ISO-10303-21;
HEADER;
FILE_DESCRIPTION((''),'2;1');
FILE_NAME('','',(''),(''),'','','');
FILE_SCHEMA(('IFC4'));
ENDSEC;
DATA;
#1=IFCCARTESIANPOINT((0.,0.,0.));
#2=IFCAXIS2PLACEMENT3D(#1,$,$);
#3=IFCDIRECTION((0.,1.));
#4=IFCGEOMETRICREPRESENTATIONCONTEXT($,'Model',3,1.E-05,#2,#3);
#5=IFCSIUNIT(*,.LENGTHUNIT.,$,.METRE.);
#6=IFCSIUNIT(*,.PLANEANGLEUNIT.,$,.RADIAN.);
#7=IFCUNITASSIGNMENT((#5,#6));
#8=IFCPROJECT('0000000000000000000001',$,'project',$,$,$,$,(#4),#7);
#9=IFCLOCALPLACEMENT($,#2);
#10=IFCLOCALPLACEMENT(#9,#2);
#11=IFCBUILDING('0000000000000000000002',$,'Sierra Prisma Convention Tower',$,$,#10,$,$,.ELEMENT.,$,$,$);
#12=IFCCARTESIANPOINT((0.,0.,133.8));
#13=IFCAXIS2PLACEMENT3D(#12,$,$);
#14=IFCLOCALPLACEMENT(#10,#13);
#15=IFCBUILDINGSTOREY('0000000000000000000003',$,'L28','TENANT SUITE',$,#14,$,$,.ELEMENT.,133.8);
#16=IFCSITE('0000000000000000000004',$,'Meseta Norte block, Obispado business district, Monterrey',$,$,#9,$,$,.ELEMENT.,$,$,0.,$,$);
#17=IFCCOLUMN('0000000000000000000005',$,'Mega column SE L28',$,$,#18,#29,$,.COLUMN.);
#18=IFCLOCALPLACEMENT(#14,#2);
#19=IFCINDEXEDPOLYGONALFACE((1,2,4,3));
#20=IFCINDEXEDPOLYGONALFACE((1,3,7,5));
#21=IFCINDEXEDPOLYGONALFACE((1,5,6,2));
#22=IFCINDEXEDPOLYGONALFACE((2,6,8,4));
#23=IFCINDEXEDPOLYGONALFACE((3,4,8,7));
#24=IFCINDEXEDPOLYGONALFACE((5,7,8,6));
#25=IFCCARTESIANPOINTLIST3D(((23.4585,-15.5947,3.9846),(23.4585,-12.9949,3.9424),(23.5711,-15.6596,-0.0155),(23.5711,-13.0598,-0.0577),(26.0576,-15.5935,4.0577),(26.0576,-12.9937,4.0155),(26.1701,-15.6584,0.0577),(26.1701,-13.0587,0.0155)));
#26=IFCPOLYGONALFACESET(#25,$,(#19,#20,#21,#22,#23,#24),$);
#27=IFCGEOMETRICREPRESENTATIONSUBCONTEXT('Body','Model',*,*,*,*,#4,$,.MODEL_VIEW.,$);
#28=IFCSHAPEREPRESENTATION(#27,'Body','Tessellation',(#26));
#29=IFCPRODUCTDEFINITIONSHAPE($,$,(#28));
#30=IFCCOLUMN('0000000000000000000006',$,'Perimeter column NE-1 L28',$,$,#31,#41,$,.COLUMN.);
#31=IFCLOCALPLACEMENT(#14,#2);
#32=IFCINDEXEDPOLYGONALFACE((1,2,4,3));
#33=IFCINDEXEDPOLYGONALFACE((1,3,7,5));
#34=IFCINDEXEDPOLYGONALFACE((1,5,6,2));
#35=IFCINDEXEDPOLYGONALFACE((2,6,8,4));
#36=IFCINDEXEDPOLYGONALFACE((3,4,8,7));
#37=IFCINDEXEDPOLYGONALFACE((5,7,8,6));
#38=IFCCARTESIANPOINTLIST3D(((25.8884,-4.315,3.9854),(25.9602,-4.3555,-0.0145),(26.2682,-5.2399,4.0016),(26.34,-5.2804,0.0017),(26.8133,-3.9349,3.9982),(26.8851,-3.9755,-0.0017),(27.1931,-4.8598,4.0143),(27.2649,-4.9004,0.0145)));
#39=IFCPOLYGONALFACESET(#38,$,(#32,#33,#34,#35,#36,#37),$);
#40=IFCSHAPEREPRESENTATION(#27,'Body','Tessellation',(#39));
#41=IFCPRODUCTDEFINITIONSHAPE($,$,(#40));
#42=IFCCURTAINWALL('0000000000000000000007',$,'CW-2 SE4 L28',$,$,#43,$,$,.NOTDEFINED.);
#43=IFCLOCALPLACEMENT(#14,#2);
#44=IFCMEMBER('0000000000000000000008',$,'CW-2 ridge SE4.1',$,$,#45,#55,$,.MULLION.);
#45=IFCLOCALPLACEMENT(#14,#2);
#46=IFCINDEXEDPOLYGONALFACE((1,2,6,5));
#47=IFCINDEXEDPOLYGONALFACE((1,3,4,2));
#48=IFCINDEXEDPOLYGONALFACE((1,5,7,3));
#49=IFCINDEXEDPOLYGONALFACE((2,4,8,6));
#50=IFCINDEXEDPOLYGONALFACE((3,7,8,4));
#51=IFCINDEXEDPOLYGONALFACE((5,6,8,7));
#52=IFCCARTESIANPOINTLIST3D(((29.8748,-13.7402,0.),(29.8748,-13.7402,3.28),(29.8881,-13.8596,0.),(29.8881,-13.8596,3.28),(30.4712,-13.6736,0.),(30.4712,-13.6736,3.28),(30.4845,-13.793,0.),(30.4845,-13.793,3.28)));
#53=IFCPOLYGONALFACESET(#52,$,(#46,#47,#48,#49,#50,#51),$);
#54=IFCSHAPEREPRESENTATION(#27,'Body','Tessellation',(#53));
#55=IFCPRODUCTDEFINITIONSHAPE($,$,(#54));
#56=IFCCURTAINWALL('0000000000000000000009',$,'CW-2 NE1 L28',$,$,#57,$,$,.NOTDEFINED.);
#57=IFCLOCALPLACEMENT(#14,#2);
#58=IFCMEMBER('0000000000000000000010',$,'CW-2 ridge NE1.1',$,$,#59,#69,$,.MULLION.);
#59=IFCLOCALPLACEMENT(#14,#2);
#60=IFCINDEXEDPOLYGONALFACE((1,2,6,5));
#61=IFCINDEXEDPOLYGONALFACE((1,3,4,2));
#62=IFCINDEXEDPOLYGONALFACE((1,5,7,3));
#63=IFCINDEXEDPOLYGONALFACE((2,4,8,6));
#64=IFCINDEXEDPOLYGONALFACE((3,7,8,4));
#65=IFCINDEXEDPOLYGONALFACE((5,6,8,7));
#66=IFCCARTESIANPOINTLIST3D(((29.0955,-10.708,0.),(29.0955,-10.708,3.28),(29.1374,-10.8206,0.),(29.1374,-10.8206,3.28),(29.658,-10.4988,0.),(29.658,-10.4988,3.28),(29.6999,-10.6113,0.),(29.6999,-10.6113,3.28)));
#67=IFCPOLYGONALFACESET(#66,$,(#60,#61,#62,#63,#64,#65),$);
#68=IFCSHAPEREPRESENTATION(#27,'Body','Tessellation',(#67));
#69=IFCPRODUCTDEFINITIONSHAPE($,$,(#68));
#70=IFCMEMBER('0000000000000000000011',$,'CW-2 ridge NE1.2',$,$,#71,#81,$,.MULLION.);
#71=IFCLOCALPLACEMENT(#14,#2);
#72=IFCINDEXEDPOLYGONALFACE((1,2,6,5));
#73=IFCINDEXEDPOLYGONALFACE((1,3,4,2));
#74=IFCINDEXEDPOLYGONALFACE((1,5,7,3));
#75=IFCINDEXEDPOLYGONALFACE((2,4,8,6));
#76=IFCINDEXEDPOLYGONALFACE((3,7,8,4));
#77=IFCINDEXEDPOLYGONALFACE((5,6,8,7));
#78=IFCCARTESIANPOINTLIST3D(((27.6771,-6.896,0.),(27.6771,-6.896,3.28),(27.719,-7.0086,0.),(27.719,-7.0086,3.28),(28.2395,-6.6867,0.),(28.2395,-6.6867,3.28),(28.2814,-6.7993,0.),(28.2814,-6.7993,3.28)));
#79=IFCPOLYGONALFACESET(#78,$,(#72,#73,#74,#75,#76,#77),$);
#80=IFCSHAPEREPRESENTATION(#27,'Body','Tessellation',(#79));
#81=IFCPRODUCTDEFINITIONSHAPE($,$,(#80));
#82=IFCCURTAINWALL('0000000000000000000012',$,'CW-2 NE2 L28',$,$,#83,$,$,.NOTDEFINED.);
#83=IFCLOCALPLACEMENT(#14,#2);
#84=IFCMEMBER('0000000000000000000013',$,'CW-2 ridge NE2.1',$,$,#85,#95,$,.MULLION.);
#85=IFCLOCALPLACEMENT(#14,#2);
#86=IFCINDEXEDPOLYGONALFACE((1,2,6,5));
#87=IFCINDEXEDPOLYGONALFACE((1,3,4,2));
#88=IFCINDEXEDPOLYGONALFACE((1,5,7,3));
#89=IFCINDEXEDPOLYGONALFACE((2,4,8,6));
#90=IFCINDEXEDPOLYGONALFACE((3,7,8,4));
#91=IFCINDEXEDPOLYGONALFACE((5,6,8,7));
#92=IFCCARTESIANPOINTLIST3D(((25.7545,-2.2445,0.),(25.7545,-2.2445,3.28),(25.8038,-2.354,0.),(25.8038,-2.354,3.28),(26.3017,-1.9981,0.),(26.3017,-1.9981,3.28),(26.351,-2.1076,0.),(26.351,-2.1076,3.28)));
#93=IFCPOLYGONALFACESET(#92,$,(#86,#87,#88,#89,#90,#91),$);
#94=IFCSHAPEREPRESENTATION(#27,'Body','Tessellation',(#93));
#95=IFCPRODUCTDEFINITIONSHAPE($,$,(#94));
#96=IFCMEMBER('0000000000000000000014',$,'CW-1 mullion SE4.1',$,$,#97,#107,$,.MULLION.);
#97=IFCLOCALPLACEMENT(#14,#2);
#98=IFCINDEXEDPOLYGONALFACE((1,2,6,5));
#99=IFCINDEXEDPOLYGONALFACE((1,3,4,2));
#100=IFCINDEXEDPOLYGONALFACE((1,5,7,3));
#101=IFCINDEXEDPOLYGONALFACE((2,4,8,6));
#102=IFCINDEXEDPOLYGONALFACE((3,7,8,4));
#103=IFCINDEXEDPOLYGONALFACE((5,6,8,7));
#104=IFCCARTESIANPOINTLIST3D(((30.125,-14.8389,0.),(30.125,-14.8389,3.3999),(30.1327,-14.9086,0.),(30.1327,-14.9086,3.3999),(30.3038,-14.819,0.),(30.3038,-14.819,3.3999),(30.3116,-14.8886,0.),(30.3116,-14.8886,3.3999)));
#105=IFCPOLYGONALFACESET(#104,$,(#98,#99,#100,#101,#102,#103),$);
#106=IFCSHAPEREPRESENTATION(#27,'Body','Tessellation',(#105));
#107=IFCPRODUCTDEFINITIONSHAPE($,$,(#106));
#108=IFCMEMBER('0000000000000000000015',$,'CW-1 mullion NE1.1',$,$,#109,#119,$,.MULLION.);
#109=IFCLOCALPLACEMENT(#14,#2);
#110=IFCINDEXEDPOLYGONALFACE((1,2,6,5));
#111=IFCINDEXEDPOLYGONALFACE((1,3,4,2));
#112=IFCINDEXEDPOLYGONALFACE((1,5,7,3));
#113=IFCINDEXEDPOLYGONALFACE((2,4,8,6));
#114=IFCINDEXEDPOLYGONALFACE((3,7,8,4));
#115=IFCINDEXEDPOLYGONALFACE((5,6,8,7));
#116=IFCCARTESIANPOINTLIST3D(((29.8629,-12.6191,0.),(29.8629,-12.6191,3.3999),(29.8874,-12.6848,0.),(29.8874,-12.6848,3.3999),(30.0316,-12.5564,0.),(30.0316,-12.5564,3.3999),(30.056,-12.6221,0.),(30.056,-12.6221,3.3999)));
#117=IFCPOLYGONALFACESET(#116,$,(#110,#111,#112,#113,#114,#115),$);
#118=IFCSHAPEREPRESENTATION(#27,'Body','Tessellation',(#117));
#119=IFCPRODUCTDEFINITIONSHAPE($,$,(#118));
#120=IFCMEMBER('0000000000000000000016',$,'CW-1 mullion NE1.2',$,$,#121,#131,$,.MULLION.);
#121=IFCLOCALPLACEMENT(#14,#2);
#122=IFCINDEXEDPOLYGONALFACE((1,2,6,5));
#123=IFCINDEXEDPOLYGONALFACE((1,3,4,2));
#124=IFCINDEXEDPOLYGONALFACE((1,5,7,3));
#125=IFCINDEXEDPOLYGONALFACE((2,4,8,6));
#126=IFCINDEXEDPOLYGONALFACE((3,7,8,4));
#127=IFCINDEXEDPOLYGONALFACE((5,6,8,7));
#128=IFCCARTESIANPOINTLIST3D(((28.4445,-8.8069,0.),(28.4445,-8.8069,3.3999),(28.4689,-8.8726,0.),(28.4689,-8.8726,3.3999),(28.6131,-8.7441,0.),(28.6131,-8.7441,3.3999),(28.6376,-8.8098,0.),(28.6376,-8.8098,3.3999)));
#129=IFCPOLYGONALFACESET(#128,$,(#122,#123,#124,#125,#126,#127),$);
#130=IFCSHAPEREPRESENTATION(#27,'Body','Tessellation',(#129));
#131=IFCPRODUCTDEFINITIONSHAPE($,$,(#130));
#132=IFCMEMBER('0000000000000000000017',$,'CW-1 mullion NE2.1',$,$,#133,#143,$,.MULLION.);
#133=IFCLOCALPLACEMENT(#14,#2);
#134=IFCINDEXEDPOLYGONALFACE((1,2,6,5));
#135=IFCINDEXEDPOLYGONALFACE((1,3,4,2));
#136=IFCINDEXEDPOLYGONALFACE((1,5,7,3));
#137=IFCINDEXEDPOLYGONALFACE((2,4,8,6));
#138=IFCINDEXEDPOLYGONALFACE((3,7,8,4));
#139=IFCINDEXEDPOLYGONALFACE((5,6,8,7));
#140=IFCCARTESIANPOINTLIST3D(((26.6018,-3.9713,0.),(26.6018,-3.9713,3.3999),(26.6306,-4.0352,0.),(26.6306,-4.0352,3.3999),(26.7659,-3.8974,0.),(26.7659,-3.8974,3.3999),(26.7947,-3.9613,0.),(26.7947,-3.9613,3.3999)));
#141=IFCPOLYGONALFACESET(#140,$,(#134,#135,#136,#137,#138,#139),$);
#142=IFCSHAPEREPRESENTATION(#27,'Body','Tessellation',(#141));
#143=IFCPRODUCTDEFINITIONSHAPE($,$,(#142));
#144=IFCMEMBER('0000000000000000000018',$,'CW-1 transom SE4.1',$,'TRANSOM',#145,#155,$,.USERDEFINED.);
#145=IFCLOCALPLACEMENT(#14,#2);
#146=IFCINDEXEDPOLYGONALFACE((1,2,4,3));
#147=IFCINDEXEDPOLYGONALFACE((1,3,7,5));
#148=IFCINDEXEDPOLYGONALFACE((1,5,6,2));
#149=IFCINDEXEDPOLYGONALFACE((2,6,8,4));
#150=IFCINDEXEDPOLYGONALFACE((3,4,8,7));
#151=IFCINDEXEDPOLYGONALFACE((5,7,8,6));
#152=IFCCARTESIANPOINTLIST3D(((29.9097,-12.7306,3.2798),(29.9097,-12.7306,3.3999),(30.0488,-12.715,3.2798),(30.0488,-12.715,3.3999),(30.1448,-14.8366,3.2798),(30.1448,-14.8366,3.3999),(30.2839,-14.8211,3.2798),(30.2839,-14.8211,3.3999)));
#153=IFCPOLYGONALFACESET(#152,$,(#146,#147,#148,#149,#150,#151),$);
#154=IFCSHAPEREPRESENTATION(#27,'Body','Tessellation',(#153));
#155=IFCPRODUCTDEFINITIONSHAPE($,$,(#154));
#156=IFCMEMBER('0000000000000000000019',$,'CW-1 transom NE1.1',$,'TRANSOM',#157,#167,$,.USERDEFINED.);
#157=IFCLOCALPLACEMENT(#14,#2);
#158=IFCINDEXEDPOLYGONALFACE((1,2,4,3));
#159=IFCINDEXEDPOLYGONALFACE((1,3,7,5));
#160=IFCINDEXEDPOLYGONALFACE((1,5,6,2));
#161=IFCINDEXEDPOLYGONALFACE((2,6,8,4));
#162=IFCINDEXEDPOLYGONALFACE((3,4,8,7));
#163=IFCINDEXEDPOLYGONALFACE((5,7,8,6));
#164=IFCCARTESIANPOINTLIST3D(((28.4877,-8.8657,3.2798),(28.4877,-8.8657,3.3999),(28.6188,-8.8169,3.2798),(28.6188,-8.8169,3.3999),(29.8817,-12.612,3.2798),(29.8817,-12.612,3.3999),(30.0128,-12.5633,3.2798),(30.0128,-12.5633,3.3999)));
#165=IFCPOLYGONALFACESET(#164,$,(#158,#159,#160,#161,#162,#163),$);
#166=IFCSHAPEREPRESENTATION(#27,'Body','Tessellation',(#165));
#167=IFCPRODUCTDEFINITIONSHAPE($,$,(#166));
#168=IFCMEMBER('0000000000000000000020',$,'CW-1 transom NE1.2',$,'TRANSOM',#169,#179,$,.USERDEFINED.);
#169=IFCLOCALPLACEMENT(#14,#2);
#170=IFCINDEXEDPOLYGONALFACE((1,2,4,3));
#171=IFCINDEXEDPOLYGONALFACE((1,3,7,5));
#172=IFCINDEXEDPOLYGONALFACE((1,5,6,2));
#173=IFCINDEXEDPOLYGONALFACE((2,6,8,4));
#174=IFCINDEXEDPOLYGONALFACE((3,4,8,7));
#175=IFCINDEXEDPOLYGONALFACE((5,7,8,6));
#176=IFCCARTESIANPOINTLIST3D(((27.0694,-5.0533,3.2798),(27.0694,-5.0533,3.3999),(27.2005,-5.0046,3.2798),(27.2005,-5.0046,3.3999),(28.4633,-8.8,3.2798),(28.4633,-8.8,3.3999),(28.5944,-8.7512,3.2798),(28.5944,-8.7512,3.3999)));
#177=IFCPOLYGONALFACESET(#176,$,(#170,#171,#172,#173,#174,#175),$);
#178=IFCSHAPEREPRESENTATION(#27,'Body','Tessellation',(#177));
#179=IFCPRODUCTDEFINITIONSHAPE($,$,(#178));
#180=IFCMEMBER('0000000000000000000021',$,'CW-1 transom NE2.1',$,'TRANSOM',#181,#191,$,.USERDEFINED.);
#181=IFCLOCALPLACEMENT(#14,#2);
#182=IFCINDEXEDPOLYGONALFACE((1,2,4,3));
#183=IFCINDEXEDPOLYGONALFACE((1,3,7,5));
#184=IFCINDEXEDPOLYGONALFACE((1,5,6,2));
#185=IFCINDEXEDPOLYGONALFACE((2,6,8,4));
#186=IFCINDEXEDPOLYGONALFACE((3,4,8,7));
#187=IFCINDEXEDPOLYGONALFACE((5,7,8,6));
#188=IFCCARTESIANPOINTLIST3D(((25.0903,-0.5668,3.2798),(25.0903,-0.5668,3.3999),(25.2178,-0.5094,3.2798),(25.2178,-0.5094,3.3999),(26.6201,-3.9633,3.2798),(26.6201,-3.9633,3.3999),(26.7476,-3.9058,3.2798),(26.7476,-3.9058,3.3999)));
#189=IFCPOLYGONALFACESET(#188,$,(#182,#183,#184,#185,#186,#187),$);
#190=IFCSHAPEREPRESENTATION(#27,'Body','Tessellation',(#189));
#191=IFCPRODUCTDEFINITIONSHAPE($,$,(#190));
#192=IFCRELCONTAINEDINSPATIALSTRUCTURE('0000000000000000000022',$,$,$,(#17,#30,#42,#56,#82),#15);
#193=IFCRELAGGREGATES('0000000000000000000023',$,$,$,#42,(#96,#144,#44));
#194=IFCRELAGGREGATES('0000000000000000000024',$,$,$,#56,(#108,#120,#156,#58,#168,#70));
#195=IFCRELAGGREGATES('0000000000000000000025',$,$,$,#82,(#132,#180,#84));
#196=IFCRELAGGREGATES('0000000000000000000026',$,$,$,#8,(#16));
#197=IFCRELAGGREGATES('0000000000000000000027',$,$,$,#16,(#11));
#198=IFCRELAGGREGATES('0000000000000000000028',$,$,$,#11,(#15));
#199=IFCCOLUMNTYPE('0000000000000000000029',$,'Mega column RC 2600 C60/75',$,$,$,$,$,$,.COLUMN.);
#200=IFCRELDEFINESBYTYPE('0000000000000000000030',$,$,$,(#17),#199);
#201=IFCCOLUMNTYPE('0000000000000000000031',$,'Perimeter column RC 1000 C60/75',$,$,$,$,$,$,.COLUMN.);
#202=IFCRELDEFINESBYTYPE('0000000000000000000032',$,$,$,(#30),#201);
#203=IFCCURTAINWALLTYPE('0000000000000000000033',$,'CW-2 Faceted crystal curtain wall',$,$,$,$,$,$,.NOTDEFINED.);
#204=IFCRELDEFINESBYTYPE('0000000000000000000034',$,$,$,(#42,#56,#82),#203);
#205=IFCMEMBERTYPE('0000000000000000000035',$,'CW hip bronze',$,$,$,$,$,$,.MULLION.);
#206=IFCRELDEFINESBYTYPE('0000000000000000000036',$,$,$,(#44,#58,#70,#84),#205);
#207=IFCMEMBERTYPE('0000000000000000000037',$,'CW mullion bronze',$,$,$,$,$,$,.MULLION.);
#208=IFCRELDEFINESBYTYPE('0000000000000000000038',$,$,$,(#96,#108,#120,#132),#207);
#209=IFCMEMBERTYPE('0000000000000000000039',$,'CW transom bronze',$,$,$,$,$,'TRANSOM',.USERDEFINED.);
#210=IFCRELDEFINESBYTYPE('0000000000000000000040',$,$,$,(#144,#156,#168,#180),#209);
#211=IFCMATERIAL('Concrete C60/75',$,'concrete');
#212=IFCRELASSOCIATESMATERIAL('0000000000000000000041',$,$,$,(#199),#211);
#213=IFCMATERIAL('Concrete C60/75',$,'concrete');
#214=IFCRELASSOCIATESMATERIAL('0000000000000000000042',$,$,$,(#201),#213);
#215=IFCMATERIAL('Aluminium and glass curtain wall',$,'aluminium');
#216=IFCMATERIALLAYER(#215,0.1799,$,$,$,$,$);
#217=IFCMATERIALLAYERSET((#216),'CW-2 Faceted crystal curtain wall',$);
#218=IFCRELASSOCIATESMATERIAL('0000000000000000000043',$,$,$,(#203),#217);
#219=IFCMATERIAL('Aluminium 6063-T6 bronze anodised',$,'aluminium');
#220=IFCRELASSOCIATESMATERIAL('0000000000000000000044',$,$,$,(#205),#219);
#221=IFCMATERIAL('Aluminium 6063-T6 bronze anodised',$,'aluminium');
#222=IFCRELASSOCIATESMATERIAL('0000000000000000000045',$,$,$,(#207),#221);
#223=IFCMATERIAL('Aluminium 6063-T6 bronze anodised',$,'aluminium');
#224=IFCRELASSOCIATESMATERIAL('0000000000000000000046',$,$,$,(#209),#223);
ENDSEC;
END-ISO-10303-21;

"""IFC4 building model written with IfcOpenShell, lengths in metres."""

from ifc_helpers import new_model, si_unit, direction, frame, origin, origin_2d, place, context, subcontext, project, spatial, rectangle, extrude, material, layer, layer_set, material_profile, profile_set, type_object, element, aggregate, save


model = new_model("IFC4")

# Units and contexts
model_context = context("Model", 3, precision=1e-05, world=origin(), true_north=direction((0.0, 1.0)))
body_context = subcontext(model_context, "Body", "Model", "MODEL_VIEW")
ifc_project = project(units=[si_unit("LENGTHUNIT", "METRE"), si_unit("PLANEANGLEUNIT", "RADIAN")], contexts=[model_context])

# Site, building, storey
site_placement = place(None, origin())
site = spatial("IfcSite", under=ifc_project, at=site_placement, Name="Meseta Norte block, Obispado business district, Monterrey", CompositionType="ELEMENT", RefElevation=0.0)
building_placement = place(site_placement, origin())
building = spatial("IfcBuilding", under=site, at=building_placement, Name="Sierra Prisma Convention Tower", CompositionType="ELEMENT")
storey_placement = place(building_placement, frame((0.0, 0.0, 133.8)))
storey = spatial("IfcBuildingStorey", under=building, at=storey_placement, Name="L28", Description="TENANT SUITE", CompositionType="ELEMENT", Elevation=133.8)

# Columns
ifc_material_1 = material(Name="Concrete C60/75", Category="concrete")
ifc_material_profile_1 = material_profile(ifc_material_1, rectangle(XDim=2.6001, YDim=2.6001, at=origin_2d()), Name="Mega column RC 2600 C60/75")
ifc_profile_set_1 = profile_set([ifc_material_profile_1], Name="Concrete C60/75")
column_type_1 = type_object("IfcColumnType", Name="Mega column RC 2600 C60/75", PredefinedType="COLUMN", material=ifc_profile_set_1)
column_1_placement = place(storey_placement, frame((24.8706, -14.3591, 0.0), z_axis=(-0.028122, 0.016227, 0.999473), x_axis=(0.999604, 0.000457, 0.028119)))
element("IfcColumn", 1, at=column_1_placement, inside=storey, type_object=column_type_1, Name="Mega column SE L28", PredefinedType="COLUMN", context=body_context, shape_type="SweptSolid", body=[
    extrude(rectangle(XDim=2.6001, YDim=2.6001, at=origin_2d()), origin(), (0.0, 0.0, 1.0), 4.0022),
])
ifc_material_2 = material(Name="Concrete C60/75", Category="concrete")
ifc_material_profile_2 = material_profile(ifc_material_2, rectangle(XDim=1.0, YDim=1.0, at=origin_2d()), Name="Perimeter column RC 1000 C60/75")
ifc_profile_set_2 = profile_set([ifc_material_profile_2], Name="Concrete C60/75")
column_type_2 = type_object("IfcColumnType", Name="Perimeter column RC 1000 C60/75", PredefinedType="COLUMN", material=ifc_profile_set_2)
column_2_placement = place(storey_placement, frame((26.6125, -4.6279, 0.0), z_axis=(-0.017941, 0.01013, 0.999788), x_axis=(-0.379821, 0.924918, -0.016187)))
element("IfcColumn", 2, at=column_2_placement, inside=storey, type_object=column_type_2, Name="Perimeter column NE-1 L28", PredefinedType="COLUMN", context=body_context, shape_type="SweptSolid", body=[
    extrude(rectangle(XDim=1.0, YDim=1.0, at=origin_2d()), origin(), (0.0, 0.0, 1.0), 4.0007),
])

# Curtain wall, member
ifc_material_3 = material(Name="Aluminium and glass curtain wall", Category="aluminium")
ifc_layer_1 = layer(ifc_material_3, 0.1799)
ifc_layer_set_1 = layer_set([ifc_layer_1], Name="CW-2 Faceted crystal curtain wall")
curtain_wall_type = type_object("IfcCurtainWallType", Name="CW-2 Faceted crystal curtain wall", PredefinedType="NOTDEFINED", material=ifc_layer_set_1)
curtain_wall_1_placement = place(storey_placement, origin())
curtain_wall_1 = element("IfcCurtainWall", 3, at=curtain_wall_1_placement, inside=storey, type_object=curtain_wall_type, Name="CW-2 SE4 L28", PredefinedType="NOTDEFINED")
ifc_material_4 = material(Name="Aluminium 6063-T6 bronze anodised", Category="aluminium")
ifc_material_profile_3 = material_profile(ifc_material_4, rectangle(XDim=0.1201, YDim=0.6001, at=origin_2d()), Name="ALU RIDGE BLADE 120x600")
ifc_profile_set_3 = profile_set([ifc_material_profile_3], Name="Aluminium 6063-T6 bronze anodised")
member_type_1 = type_object("IfcMemberType", Name="CW hip bronze", PredefinedType="MULLION", material=ifc_profile_set_3)
member_1_placement = place(storey_placement, frame((30.1797, -13.7666, 0.0), z_axis=(0.0, 0.0, 1.0), x_axis=(-0.110899, 0.993832, 0.0)))
member_1 = element("IfcMember", 4, at=member_1_placement, type_object=member_type_1, Name="CW-2 ridge SE4.1", PredefinedType="MULLION", context=body_context, shape_type="SweptSolid", body=[
    extrude(rectangle(XDim=0.1201, YDim=0.6001, at=origin_2d()), origin(), (0.0, 0.0, 1.0), 3.28),
])

# Curtain wall, members
curtain_wall_2_placement = place(storey_placement, origin())
curtain_wall_2 = element("IfcCurtainWall", 5, at=curtain_wall_2_placement, inside=storey, type_object=curtain_wall_type, Name="CW-2 NE1 L28", PredefinedType="NOTDEFINED")
member_2_placement = place(storey_placement, frame((29.3977, -10.6597, 0.0), z_axis=(0.0, 0.0, 1.0), x_axis=(-0.348702, 0.937234, 0.0)))
member_2 = element("IfcMember", 6, at=member_2_placement, type_object=member_type_1, Name="CW-2 ridge NE1.1", PredefinedType="MULLION", context=body_context, shape_type="SweptSolid", body=[
    extrude(rectangle(XDim=0.1201, YDim=0.6001, at=origin_2d()), origin(), (0.0, 0.0, 1.0), 3.28),
])
member_3_placement = place(storey_placement, frame((27.9792, -6.8477, 0.0), z_axis=(0.0, 0.0, 1.0), x_axis=(-0.348702, 0.937234, 0.0)))
member_3 = element("IfcMember", 7, at=member_3_placement, type_object=member_type_1, Name="CW-2 ridge NE1.2", PredefinedType="MULLION", context=body_context, shape_type="SweptSolid", body=[
    extrude(rectangle(XDim=0.1201, YDim=0.6001, at=origin_2d()), origin(), (0.0, 0.0, 1.0), 3.28),
])

# Curtain wall, member
curtain_wall_3_placement = place(storey_placement, origin())
curtain_wall_3 = element("IfcCurtainWall", 8, at=curtain_wall_3_placement, inside=storey, type_object=curtain_wall_type, Name="CW-2 NE2 L28", PredefinedType="NOTDEFINED")
member_4_placement = place(storey_placement, frame((26.0527, -2.176, 0.0), z_axis=(0.0, 0.0, 1.0), x_axis=(-0.410636, 0.911799, 0.0)))
member_4 = element("IfcMember", 9, at=member_4_placement, type_object=member_type_1, Name="CW-2 ridge NE2.1", PredefinedType="MULLION", context=body_context, shape_type="SweptSolid", body=[
    extrude(rectangle(XDim=0.1201, YDim=0.6001, at=origin_2d()), origin(), (0.0, 0.0, 1.0), 3.28),
])

# Members
ifc_material_5 = material(Name="Aluminium 6063-T6 bronze anodised", Category="aluminium")
ifc_material_profile_4 = material_profile(ifc_material_5, rectangle(XDim=0.1799, YDim=0.0701, at=origin_2d()), Name="ALU MULLION 70x180")
ifc_profile_set_4 = profile_set([ifc_material_profile_4], Name="Aluminium 6063-T6 bronze anodised")
member_type_2 = type_object("IfcMemberType", Name="CW mullion bronze", PredefinedType="MULLION", material=ifc_profile_set_4)
member_5_placement = place(storey_placement, frame((30.2183, -14.8638, 0.0), z_axis=(0.0, 0.0, 1.0), x_axis=(-0.993832, -0.110899, 0.0)))
member_5 = element("IfcMember", 10, at=member_5_placement, type_object=member_type_2, Name="CW-1 mullion SE4.1", PredefinedType="MULLION", context=body_context, shape_type="SweptSolid", body=[
    extrude(rectangle(XDim=0.1799, YDim=0.0701, at=origin_2d()), origin(), (0.0, 0.0, 1.0), 3.3999),
])
member_6_placement = place(storey_placement, frame((29.9595, -12.6206, 0.0), z_axis=(0.0, 0.0, 1.0), x_axis=(-0.937234, -0.348702, 0.0)))
member_6 = element("IfcMember", 11, at=member_6_placement, type_object=member_type_2, Name="CW-1 mullion NE1.1", PredefinedType="MULLION", context=body_context, shape_type="SweptSolid", body=[
    extrude(rectangle(XDim=0.1799, YDim=0.0701, at=origin_2d()), origin(), (0.0, 0.0, 1.0), 3.3999),
])
member_7_placement = place(storey_placement, frame((28.541, -8.8083, 0.0), z_axis=(0.0, 0.0, 1.0), x_axis=(-0.937234, -0.348702, 0.0)))
member_7 = element("IfcMember", 12, at=member_7_placement, type_object=member_type_2, Name="CW-1 mullion NE1.2", PredefinedType="MULLION", context=body_context, shape_type="SweptSolid", body=[
    extrude(rectangle(XDim=0.1799, YDim=0.0701, at=origin_2d()), origin(), (0.0, 0.0, 1.0), 3.3999),
])
member_8_placement = place(storey_placement, frame((26.6982, -3.9663, 0.0), z_axis=(0.0, 0.0, 1.0), x_axis=(-0.911799, -0.410636, 0.0)))
member_8 = element("IfcMember", 13, at=member_8_placement, type_object=member_type_2, Name="CW-1 mullion NE2.1", PredefinedType="MULLION", context=body_context, shape_type="SweptSolid", body=[
    extrude(rectangle(XDim=0.1799, YDim=0.0701, at=origin_2d()), origin(), (0.0, 0.0, 1.0), 3.3999),
])
ifc_material_6 = material(Name="Aluminium 6063-T6 bronze anodised", Category="aluminium")
ifc_material_profile_5 = material_profile(ifc_material_6, rectangle(XDim=0.1399, YDim=0.1201, at=origin_2d()), Name="ALU TRANSOM 120x140")
ifc_profile_set_5 = profile_set([ifc_material_profile_5], Name="Aluminium 6063-T6 bronze anodised")
member_type_3 = type_object("IfcMemberType", Name="CW transom bronze", ElementType="TRANSOM", PredefinedType="USERDEFINED", material=ifc_profile_set_5)
member_9_placement = place(storey_placement, frame((30.2144, -14.8289, 3.3398), z_axis=(-0.11095, 0.993826, 0.0), x_axis=(-0.993826, -0.11095, 0.0)))
member_9 = element("IfcMember", 14, at=member_9_placement, type_object=member_type_3, Name="CW-1 transom SE4.1", ObjectType="TRANSOM", PredefinedType="USERDEFINED", context=body_context, shape_type="SweptSolid", body=[
    extrude(rectangle(XDim=0.1399, YDim=0.1201, at=origin_2d()), origin(), (0.0, 0.0, 1.0), 2.1191),
])
member_10_placement = place(storey_placement, frame((29.9473, -12.5876, 3.3398), z_axis=(-0.348746, 0.937217, 0.0), x_axis=(-0.937217, -0.348746, 0.0)))
member_10 = element("IfcMember", 15, at=member_10_placement, type_object=member_type_3, Name="CW-1 transom NE1.1", ObjectType="TRANSOM", PredefinedType="USERDEFINED", context=body_context, shape_type="SweptSolid", body=[
    extrude(rectangle(XDim=0.1399, YDim=0.1201, at=origin_2d()), origin(), (0.0, 0.0, 1.0), 3.9973),
])
member_11_placement = place(storey_placement, frame((28.5288, -8.7756, 3.3398), z_axis=(-0.348673, 0.937245, 0.0), x_axis=(-0.937245, -0.348673, 0.0)))
member_11 = element("IfcMember", 16, at=member_11_placement, type_object=member_type_3, Name="CW-1 transom NE1.2", ObjectType="TRANSOM", PredefinedType="USERDEFINED", context=body_context, shape_type="SweptSolid", body=[
    extrude(rectangle(XDim=0.1399, YDim=0.1201, at=origin_2d()), origin(), (0.0, 0.0, 1.0), 3.9976),
])
member_12_placement = place(storey_placement, frame((26.6838, -3.9346, 3.3398), z_axis=(-0.41067, 0.911784, 0.0), x_axis=(-0.911784, -0.41067, 0.0)))
member_12 = element("IfcMember", 17, at=member_12_placement, type_object=member_type_3, Name="CW-1 transom NE2.1", ObjectType="TRANSOM", PredefinedType="USERDEFINED", context=body_context, shape_type="SweptSolid", body=[
    extrude(rectangle(XDim=0.1399, YDim=0.1201, at=origin_2d()), origin(), (0.0, 0.0, 1.0), 3.7251),
])

aggregate(curtain_wall_1, [member_5, member_9, member_1])
aggregate(curtain_wall_2, [member_6, member_7, member_10, member_2, member_11, member_3])
aggregate(curtain_wall_3, [member_8, member_12, member_4])

save(model, "model.ifc")
